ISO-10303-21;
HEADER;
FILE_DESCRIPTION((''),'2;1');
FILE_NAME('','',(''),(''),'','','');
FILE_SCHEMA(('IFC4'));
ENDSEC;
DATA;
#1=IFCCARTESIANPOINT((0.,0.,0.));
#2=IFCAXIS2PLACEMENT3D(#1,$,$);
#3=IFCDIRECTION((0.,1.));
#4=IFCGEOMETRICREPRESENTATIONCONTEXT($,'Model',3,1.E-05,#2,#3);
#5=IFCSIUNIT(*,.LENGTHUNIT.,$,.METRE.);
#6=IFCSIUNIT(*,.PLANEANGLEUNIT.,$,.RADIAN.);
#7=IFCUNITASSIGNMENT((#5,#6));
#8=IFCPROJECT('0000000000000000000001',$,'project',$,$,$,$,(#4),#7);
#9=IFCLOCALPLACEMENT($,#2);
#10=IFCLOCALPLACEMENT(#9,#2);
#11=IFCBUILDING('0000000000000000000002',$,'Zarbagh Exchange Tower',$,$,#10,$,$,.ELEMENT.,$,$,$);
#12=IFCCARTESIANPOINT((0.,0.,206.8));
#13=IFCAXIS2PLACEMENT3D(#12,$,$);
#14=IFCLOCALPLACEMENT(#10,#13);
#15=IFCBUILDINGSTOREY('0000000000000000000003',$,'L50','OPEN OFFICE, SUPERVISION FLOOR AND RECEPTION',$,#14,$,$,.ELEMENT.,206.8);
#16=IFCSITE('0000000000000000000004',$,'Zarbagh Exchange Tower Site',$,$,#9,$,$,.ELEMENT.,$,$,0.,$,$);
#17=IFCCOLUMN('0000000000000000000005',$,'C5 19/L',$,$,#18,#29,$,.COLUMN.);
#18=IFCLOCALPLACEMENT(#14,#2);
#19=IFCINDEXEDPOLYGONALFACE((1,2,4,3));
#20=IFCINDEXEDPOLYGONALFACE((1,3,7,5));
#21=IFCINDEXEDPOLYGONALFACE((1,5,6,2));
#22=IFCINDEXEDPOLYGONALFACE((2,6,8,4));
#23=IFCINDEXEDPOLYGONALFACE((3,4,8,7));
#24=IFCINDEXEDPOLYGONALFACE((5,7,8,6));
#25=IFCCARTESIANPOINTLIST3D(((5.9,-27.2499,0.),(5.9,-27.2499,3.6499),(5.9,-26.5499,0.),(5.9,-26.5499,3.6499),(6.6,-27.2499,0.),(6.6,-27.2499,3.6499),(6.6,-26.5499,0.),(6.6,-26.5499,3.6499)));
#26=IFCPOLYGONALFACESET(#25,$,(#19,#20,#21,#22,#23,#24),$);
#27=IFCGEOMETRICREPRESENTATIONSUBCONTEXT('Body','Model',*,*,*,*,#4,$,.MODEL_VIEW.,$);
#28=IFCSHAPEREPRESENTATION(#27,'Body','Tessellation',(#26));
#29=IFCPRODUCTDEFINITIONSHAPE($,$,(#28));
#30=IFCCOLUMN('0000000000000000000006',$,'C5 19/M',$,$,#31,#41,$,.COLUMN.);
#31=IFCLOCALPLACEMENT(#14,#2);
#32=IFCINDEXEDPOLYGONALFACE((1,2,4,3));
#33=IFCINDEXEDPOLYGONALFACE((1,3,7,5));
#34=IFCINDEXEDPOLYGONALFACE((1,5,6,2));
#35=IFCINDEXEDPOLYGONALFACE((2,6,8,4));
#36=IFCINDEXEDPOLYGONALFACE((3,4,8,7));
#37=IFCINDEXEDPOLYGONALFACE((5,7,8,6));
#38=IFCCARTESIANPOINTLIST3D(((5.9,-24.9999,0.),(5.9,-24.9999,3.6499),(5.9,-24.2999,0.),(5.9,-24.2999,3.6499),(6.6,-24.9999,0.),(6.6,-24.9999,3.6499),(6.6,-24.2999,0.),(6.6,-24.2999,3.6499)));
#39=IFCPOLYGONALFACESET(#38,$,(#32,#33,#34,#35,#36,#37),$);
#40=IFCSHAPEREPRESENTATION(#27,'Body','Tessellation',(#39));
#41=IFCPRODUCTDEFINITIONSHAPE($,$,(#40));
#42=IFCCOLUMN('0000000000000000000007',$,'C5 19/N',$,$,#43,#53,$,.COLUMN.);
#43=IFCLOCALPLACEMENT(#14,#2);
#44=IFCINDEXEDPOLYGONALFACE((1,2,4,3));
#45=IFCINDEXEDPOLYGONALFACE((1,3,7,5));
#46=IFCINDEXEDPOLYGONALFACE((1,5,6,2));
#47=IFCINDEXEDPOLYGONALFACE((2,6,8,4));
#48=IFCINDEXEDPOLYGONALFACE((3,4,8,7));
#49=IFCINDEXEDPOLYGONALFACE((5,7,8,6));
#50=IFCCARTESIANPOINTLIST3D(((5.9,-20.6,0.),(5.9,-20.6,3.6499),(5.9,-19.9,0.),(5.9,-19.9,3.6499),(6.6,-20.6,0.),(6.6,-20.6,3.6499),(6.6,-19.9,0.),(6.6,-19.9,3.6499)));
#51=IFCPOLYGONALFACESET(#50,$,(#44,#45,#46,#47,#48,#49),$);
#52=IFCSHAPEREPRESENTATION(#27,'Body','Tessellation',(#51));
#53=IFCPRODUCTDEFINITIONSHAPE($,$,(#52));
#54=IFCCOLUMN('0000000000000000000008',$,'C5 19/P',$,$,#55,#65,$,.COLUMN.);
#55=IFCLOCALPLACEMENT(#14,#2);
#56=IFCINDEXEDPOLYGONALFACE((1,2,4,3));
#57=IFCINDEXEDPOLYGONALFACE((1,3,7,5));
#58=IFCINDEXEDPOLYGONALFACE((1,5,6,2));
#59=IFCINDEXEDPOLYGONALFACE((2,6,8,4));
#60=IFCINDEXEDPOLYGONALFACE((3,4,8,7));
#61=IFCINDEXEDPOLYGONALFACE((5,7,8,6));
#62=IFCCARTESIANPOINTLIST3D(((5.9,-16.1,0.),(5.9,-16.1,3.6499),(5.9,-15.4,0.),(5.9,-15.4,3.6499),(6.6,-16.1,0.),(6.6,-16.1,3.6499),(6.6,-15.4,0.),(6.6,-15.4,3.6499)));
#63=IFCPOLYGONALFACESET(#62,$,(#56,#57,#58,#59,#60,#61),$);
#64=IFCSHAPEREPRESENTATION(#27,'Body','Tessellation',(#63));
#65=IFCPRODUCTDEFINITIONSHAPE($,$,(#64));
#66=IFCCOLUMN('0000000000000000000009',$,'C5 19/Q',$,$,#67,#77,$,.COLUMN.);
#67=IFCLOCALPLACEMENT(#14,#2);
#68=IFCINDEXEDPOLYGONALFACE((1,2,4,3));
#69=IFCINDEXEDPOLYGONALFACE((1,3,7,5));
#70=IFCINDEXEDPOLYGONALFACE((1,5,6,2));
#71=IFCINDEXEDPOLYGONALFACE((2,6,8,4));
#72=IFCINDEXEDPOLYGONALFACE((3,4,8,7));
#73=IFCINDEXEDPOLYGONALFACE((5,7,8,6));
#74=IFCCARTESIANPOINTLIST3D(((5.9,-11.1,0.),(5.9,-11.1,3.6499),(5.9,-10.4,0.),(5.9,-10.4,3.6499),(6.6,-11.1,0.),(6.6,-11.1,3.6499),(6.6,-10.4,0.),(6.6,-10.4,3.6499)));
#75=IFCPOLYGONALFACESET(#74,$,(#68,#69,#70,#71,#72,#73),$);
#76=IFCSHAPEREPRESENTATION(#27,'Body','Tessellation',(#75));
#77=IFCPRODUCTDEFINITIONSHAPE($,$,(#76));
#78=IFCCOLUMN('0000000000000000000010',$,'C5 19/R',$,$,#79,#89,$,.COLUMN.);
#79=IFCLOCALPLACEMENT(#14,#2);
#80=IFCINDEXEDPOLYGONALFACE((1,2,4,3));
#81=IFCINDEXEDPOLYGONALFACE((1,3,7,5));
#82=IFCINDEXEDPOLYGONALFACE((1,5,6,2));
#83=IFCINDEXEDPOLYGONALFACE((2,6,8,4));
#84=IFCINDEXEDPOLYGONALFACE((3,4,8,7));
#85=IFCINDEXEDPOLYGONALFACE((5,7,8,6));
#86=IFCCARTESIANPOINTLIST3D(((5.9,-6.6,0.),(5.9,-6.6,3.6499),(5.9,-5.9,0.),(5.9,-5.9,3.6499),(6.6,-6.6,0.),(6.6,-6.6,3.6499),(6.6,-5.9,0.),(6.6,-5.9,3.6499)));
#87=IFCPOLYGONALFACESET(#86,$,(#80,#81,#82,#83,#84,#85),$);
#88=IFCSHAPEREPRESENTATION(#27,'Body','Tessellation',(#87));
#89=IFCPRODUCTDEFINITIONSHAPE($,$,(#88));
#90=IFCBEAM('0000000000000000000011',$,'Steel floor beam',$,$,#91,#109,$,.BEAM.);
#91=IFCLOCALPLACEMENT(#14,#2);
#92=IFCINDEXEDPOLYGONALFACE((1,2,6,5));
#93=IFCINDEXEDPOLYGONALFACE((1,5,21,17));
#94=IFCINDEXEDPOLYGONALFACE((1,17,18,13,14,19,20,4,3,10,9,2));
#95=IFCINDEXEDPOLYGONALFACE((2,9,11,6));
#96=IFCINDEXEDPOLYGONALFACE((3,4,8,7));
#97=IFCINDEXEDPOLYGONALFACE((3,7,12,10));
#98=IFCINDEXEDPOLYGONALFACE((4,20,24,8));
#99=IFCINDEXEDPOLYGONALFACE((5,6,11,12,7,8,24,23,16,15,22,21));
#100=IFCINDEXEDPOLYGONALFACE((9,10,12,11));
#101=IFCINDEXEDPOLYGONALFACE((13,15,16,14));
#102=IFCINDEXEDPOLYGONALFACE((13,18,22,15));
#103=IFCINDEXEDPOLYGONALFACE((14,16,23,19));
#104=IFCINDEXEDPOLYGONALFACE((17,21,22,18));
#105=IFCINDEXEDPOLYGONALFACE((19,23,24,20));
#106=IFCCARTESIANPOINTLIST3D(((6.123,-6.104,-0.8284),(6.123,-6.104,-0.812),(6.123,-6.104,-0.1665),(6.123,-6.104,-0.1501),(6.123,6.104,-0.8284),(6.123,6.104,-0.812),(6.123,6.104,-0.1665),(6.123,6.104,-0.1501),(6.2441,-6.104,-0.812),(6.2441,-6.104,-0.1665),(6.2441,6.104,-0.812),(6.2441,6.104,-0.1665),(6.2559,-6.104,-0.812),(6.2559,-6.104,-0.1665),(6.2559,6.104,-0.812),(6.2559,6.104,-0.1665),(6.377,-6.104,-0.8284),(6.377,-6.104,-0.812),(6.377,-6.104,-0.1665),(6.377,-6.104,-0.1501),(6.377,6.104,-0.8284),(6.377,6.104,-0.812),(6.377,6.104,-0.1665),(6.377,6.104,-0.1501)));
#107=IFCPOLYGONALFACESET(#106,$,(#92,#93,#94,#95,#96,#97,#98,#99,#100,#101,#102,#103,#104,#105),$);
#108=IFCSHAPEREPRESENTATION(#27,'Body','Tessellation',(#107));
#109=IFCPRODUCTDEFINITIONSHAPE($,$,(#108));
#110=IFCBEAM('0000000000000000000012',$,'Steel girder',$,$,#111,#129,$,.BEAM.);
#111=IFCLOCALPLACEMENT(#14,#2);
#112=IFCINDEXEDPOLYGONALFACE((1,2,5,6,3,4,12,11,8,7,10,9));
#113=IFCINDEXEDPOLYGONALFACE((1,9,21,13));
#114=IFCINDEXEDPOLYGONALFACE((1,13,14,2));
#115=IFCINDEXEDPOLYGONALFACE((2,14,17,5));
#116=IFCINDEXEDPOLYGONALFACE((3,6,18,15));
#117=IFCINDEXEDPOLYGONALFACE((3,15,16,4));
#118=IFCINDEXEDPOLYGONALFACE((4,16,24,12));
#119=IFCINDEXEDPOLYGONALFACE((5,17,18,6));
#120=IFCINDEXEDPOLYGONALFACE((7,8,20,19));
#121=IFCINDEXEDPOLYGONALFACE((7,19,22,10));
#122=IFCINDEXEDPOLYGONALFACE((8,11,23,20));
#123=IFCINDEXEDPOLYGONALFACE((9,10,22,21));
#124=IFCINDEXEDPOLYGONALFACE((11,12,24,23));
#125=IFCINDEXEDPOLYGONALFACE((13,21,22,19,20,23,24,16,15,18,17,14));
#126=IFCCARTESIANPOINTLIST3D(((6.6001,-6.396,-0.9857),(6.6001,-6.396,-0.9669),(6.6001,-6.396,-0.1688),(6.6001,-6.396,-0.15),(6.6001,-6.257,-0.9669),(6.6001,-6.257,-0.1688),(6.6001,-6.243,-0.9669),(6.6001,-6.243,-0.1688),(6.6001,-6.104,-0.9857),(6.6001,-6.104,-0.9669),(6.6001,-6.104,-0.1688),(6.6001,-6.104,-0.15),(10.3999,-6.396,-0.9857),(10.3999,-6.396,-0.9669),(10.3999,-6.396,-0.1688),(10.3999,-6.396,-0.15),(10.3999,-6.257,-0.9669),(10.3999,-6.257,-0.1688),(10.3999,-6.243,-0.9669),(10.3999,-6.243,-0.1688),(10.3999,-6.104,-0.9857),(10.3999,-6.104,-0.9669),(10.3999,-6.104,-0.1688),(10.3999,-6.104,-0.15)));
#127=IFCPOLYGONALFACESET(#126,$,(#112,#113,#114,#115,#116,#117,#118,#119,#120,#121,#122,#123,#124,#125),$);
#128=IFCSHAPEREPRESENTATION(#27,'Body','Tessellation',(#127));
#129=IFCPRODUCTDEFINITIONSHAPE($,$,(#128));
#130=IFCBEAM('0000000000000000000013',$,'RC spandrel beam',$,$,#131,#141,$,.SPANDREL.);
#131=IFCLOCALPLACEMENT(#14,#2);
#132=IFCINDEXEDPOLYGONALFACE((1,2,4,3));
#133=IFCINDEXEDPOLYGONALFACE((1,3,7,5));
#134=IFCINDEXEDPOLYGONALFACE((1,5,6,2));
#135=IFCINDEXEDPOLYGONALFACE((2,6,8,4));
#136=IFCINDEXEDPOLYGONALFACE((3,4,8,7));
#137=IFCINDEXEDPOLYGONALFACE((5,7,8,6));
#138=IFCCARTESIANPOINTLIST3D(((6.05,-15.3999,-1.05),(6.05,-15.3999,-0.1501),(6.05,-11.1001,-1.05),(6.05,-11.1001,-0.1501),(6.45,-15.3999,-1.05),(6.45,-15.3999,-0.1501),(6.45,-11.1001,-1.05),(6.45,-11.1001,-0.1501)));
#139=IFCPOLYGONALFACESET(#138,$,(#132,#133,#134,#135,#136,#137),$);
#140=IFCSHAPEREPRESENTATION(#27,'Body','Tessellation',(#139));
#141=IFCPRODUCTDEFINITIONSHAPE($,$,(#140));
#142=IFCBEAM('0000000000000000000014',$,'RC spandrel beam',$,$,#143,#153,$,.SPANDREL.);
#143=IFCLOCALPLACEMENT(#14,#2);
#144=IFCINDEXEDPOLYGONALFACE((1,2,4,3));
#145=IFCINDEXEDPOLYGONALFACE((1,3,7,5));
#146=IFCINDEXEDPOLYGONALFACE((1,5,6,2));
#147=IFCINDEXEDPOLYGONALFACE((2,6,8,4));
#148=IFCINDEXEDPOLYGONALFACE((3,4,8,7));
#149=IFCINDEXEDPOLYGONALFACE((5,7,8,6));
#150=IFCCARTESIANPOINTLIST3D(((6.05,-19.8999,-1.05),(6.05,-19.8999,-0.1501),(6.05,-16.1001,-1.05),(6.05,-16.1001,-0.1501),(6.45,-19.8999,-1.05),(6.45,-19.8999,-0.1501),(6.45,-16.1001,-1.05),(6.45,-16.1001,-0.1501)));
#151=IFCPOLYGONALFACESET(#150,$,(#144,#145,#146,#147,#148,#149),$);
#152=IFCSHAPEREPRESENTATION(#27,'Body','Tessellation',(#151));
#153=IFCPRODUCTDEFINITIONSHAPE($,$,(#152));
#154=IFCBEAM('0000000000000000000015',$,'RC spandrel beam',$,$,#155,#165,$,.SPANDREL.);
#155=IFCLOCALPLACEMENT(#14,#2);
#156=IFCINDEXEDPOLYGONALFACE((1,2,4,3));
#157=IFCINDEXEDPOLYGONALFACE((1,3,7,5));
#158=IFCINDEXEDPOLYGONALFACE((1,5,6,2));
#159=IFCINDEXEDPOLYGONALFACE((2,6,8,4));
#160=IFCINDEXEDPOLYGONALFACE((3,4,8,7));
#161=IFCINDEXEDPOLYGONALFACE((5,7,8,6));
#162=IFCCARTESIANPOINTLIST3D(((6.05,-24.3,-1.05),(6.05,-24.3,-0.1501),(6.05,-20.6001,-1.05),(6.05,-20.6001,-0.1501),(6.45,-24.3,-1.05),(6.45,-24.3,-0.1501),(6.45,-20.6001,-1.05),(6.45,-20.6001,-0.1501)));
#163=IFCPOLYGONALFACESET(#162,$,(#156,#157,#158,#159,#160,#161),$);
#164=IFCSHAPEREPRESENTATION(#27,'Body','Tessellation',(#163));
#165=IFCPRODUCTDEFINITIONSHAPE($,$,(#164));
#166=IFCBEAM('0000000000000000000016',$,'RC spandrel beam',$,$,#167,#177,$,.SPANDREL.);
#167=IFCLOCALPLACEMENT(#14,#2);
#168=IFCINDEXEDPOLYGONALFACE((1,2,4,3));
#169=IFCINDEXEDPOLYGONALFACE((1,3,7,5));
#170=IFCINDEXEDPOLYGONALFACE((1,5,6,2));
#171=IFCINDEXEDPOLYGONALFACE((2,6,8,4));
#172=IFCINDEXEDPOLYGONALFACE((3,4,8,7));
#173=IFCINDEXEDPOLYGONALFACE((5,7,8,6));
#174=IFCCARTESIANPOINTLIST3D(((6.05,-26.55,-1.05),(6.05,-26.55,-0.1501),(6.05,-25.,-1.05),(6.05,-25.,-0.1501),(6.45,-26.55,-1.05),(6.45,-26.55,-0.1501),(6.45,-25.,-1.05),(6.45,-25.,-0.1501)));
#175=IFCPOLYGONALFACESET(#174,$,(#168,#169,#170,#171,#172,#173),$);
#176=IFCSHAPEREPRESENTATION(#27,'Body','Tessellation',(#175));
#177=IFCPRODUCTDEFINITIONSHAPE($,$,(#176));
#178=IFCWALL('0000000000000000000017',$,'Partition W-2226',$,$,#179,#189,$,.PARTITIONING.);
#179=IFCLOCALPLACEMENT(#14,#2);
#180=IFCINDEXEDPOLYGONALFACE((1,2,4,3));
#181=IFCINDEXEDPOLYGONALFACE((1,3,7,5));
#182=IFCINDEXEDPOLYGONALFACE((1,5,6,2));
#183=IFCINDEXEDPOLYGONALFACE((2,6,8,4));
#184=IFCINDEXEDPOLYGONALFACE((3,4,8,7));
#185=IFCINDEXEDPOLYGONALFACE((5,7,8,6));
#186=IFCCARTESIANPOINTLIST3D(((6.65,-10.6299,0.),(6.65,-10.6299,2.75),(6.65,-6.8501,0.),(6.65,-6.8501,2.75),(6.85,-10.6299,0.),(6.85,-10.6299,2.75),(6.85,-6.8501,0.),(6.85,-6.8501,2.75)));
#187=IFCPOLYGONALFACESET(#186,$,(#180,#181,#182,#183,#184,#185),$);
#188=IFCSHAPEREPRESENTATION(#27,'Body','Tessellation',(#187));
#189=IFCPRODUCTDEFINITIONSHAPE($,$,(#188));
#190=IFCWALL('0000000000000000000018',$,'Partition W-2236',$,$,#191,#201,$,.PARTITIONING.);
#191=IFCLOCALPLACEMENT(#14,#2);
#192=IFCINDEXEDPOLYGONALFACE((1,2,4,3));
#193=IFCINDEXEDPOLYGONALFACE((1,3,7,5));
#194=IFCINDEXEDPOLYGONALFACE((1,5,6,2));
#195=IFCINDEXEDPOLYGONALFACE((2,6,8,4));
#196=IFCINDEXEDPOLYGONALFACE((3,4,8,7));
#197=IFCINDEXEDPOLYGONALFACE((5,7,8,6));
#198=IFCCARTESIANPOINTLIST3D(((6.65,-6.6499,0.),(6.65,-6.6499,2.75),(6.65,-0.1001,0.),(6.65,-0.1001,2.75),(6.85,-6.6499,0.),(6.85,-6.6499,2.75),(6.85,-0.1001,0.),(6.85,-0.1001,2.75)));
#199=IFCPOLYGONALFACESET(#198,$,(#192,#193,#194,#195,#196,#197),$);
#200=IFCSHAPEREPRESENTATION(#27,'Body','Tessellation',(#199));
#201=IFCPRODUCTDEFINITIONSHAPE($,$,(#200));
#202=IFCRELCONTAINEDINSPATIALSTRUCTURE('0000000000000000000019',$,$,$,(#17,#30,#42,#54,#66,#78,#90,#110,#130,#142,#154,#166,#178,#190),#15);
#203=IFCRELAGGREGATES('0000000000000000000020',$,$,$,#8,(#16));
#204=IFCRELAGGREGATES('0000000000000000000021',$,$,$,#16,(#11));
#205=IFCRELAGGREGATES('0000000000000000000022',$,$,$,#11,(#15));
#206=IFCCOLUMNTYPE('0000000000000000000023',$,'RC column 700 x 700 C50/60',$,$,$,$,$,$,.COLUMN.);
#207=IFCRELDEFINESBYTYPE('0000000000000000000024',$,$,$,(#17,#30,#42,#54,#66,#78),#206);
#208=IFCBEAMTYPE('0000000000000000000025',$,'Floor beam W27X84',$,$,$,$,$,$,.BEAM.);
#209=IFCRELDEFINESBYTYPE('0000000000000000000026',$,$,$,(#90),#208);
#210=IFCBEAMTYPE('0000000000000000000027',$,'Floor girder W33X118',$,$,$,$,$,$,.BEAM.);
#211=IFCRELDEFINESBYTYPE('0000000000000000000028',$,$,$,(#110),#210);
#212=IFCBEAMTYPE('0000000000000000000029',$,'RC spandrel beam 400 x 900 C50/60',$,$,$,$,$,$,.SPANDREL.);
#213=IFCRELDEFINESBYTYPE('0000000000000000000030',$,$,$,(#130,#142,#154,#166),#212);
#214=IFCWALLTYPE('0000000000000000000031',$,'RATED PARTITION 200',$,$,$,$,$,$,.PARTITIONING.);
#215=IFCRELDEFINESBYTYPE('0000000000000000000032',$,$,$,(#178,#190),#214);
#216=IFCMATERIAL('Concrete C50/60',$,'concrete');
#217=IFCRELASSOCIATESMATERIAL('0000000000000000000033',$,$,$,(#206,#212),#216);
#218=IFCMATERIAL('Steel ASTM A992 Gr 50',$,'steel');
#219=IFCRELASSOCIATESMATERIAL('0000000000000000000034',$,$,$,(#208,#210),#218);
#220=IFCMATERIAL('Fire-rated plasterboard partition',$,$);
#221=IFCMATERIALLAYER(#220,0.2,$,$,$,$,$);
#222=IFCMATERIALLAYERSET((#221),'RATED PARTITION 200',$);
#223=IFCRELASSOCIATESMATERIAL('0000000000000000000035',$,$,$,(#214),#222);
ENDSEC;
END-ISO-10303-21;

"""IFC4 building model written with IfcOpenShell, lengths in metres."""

from ifc_helpers import new_model, si_unit, direction, frame, frame_2d, origin, origin_2d, place, context, subcontext, project, spatial, rectangle, i_section, extrude, material, layer, layer_set, material_profile, profile_set, type_object, element, save


model = new_model("IFC4")

# Units and contexts
model_context = context("Model", 3, precision=1e-05, world=origin(), true_north=direction((0.0, 1.0)))
body_context = subcontext(model_context, "Body", "Model", "MODEL_VIEW")
ifc_project = project(units=[si_unit("LENGTHUNIT", "METRE"), si_unit("PLANEANGLEUNIT", "RADIAN")], contexts=[model_context])

# Site, building, storey
site_placement = place(None, origin())
site = spatial("IfcSite", under=ifc_project, at=site_placement, Name="Zarbagh Exchange Tower Site", CompositionType="ELEMENT", RefElevation=0.0)
building_placement = place(site_placement, origin())
building = spatial("IfcBuilding", under=site, at=building_placement, Name="Zarbagh Exchange Tower", CompositionType="ELEMENT")
storey_placement = place(building_placement, frame((0.0, 0.0, 206.8)))
storey = spatial("IfcBuildingStorey", under=building, at=storey_placement, Name="L50", Description="OPEN OFFICE, SUPERVISION FLOOR AND RECEPTION", CompositionType="ELEMENT", Elevation=206.8)

# Columns
ifc_material_1 = material(Name="Concrete C50/60", Category="concrete")
ifc_material_profile_1 = material_profile(ifc_material_1, rectangle(XDim=0.7, YDim=0.7, at=origin_2d()), Name="RC column 700 x 700 C50/60")
ifc_profile_set_1 = profile_set([ifc_material_profile_1], Name="Concrete C50/60")
column_type = type_object("IfcColumnType", Name="RC column 700 x 700 C50/60", PredefinedType="COLUMN", material=ifc_profile_set_1)
for number, where, z_axis, x_axis, name in (
    (1, (6.25, -26.8999, 0.0), (0.0, 0.0, 1.0), (1.0, 0.0, 0.0), "C5 19/L"),
    (2, (6.25, -24.6499, 0.0), (0.0, 0.0, 1.0), (1.0, 0.0, 0.0), "C5 19/M"),
    (3, (6.25, -20.25, 0.0), (0.0, 0.0, 1.0), (1.0, 0.0, 0.0), "C5 19/N"),
    (4, (6.25, -15.75, 0.0), (0.0, 0.0, 1.0), (1.0, 0.0, 0.0), "C5 19/P"),
    (5, (6.25, -10.75, 0.0), (0.0, 0.0, 1.0), (1.0, 0.0, 0.0), "C5 19/Q"),
    (6, (6.25, -6.25, 0.0), (0.0, 0.0, 1.0), (1.0, 0.0, 0.0), "C5 19/R"),
):
    element("IfcColumn", number, at=place(storey_placement, frame(where, z_axis=z_axis, x_axis=x_axis)), inside=storey, type_object=column_type, Name=name, PredefinedType="COLUMN", context=body_context, shape_type="SweptSolid", body=[
        extrude(rectangle(XDim=0.7, YDim=0.7, at=origin_2d()), origin(), (0.0, 0.0, 1.0), 3.6499),
    ])

# Beams
ifc_material_2 = material(Name="Steel ASTM A992 Gr 50", Category="steel")
ifc_material_profile_2 = material_profile(ifc_material_2, i_section(OverallWidth=0.2539, OverallDepth=0.6782, WebThickness=0.0117, FlangeThickness=0.0164, at=origin_2d()), Name="W27X84")
ifc_profile_set_2 = profile_set([ifc_material_profile_2], Name="Steel ASTM A992 Gr 50")
beam_type_1 = type_object("IfcBeamType", Name="Floor beam W27X84", PredefinedType="BEAM", material=ifc_profile_set_2)
beam_1_placement = place(storey_placement, frame((6.25, -6.104, -0.4893), z_axis=(0.0, 1.0, 0.0), x_axis=(-1.0, 0.0, 0.0)))
element("IfcBeam", 7, at=beam_1_placement, inside=storey, type_object=beam_type_1, Name="Steel floor beam", PredefinedType="BEAM", context=body_context, shape_type="SweptSolid", body=[
    extrude(i_section(OverallWidth=0.2539, OverallDepth=0.6782, WebThickness=0.0117, FlangeThickness=0.0164, at=origin_2d()), origin(), (0.0, 0.0, 1.0), 12.208),
])
ifc_material_profile_3 = material_profile(ifc_material_2, i_section(OverallWidth=0.292, OverallDepth=0.8357, WebThickness=0.0139, FlangeThickness=0.0188, at=origin_2d()), Name="W33X118")
ifc_profile_set_3 = profile_set([ifc_material_profile_3], Name="Steel ASTM A992 Gr 50")
beam_type_2 = type_object("IfcBeamType", Name="Floor girder W33X118", PredefinedType="BEAM", material=ifc_profile_set_3)
beam_2_placement = place(storey_placement, frame((6.6001, -6.25, -0.5679), z_axis=(1.0, 0.0, 0.0), x_axis=(0.0, 1.0, 0.0)))
element("IfcBeam", 8, at=beam_2_placement, inside=storey, type_object=beam_type_2, Name="Steel girder", PredefinedType="BEAM", context=body_context, shape_type="SweptSolid", body=[
    extrude(i_section(OverallWidth=0.292, OverallDepth=0.8357, WebThickness=0.0139, FlangeThickness=0.0188, at=origin_2d()), origin(), (0.0, 0.0, 1.0), 3.7998),
])
ifc_material_profile_4 = material_profile(ifc_material_1, rectangle(XDim=0.3999, YDim=0.8999, at=origin_2d()), Name="RC spandrel beam 400 x 900 C50/60")
ifc_profile_set_4 = profile_set([ifc_material_profile_4], Name="Concrete C50/60")
beam_type_3 = type_object("IfcBeamType", Name="RC spandrel beam 400 x 900 C50/60", PredefinedType="SPANDREL", material=ifc_profile_set_4)
beam_3_placement = place(storey_placement, frame((6.25, -11.1001, -0.6001), z_axis=(0.0, -1.0, 0.0), x_axis=(1.0, 0.0, 0.0)))
element("IfcBeam", 9, at=beam_3_placement, inside=storey, type_object=beam_type_3, Name="RC spandrel beam", PredefinedType="SPANDREL", context=body_context, shape_type="SweptSolid", body=[
    extrude(rectangle(XDim=0.3999, YDim=0.8999, at=origin_2d()), origin(), (0.0, 0.0, 1.0), 4.2998),
])
beam_4_placement = place(storey_placement, frame((6.25, -16.1001, -0.6001), z_axis=(0.0, -1.0, 0.0), x_axis=(1.0, 0.0, 0.0)))
element("IfcBeam", 10, at=beam_4_placement, inside=storey, type_object=beam_type_3, Name="RC spandrel beam", PredefinedType="SPANDREL", context=body_context, shape_type="SweptSolid", body=[
    extrude(rectangle(XDim=0.3999, YDim=0.8999, at=origin_2d()), origin(), (0.0, 0.0, 1.0), 3.7998),
])
beam_5_placement = place(storey_placement, frame((6.25, -20.6001, -0.6001), z_axis=(0.0, -1.0, 0.0), x_axis=(1.0, 0.0, 0.0)))
element("IfcBeam", 11, at=beam_5_placement, inside=storey, type_object=beam_type_3, Name="RC spandrel beam", PredefinedType="SPANDREL", context=body_context, shape_type="SweptSolid", body=[
    extrude(rectangle(XDim=0.3999, YDim=0.8999, at=origin_2d()), origin(), (0.0, 0.0, 1.0), 3.7),
])
beam_6_placement = place(storey_placement, frame((6.25, -25.0, -0.6001), z_axis=(0.0, -1.0, 0.0), x_axis=(1.0, 0.0, 0.0)))
element("IfcBeam", 12, at=beam_6_placement, inside=storey, type_object=beam_type_3, Name="RC spandrel beam", PredefinedType="SPANDREL", context=body_context, shape_type="SweptSolid", body=[
    extrude(rectangle(XDim=0.3999, YDim=0.8999, at=origin_2d()), origin(), (0.0, 0.0, 1.0), 1.55),
])

# Walls
ifc_material_3 = material(Name="Fire-rated plasterboard partition")
ifc_layer_1 = layer(ifc_material_3, 0.2)
ifc_layer_set_1 = layer_set([ifc_layer_1], Name="RATED PARTITION 200")
wall_type_1 = type_object("IfcWallType", Name="RATED PARTITION 200", PredefinedType="PARTITIONING", material=ifc_layer_set_1)
wall_1_placement = place(storey_placement, frame((6.75, -10.6299, 0.0), z_axis=(0.0, 0.0, 1.0), x_axis=(0.0, 1.0, 0.0)))
element("IfcWall", 13, at=wall_1_placement, inside=storey, type_object=wall_type_1, Name="Partition W-2226", PredefinedType="PARTITIONING", context=body_context, shape_type="SweptSolid", body=[
    extrude(rectangle(XDim=3.7798, YDim=0.2, at=frame_2d((1.8899, 0.0))), origin(), (0.0, 0.0, 1.0), 2.75),
])
wall_2_placement = place(storey_placement, frame((6.75, -6.6499, 0.0), z_axis=(0.0, 0.0, 1.0), x_axis=(0.0, 1.0, 0.0)))
element("IfcWall", 14, at=wall_2_placement, inside=storey, type_object=wall_type_1, Name="Partition W-2236", PredefinedType="PARTITIONING", context=body_context, shape_type="SweptSolid", body=[
    extrude(rectangle(XDim=6.5498, YDim=0.2, at=frame_2d((3.2749, 0.0))), origin(), (0.0, 0.0, 1.0), 2.75),
])

save(model, "model.ifc")
